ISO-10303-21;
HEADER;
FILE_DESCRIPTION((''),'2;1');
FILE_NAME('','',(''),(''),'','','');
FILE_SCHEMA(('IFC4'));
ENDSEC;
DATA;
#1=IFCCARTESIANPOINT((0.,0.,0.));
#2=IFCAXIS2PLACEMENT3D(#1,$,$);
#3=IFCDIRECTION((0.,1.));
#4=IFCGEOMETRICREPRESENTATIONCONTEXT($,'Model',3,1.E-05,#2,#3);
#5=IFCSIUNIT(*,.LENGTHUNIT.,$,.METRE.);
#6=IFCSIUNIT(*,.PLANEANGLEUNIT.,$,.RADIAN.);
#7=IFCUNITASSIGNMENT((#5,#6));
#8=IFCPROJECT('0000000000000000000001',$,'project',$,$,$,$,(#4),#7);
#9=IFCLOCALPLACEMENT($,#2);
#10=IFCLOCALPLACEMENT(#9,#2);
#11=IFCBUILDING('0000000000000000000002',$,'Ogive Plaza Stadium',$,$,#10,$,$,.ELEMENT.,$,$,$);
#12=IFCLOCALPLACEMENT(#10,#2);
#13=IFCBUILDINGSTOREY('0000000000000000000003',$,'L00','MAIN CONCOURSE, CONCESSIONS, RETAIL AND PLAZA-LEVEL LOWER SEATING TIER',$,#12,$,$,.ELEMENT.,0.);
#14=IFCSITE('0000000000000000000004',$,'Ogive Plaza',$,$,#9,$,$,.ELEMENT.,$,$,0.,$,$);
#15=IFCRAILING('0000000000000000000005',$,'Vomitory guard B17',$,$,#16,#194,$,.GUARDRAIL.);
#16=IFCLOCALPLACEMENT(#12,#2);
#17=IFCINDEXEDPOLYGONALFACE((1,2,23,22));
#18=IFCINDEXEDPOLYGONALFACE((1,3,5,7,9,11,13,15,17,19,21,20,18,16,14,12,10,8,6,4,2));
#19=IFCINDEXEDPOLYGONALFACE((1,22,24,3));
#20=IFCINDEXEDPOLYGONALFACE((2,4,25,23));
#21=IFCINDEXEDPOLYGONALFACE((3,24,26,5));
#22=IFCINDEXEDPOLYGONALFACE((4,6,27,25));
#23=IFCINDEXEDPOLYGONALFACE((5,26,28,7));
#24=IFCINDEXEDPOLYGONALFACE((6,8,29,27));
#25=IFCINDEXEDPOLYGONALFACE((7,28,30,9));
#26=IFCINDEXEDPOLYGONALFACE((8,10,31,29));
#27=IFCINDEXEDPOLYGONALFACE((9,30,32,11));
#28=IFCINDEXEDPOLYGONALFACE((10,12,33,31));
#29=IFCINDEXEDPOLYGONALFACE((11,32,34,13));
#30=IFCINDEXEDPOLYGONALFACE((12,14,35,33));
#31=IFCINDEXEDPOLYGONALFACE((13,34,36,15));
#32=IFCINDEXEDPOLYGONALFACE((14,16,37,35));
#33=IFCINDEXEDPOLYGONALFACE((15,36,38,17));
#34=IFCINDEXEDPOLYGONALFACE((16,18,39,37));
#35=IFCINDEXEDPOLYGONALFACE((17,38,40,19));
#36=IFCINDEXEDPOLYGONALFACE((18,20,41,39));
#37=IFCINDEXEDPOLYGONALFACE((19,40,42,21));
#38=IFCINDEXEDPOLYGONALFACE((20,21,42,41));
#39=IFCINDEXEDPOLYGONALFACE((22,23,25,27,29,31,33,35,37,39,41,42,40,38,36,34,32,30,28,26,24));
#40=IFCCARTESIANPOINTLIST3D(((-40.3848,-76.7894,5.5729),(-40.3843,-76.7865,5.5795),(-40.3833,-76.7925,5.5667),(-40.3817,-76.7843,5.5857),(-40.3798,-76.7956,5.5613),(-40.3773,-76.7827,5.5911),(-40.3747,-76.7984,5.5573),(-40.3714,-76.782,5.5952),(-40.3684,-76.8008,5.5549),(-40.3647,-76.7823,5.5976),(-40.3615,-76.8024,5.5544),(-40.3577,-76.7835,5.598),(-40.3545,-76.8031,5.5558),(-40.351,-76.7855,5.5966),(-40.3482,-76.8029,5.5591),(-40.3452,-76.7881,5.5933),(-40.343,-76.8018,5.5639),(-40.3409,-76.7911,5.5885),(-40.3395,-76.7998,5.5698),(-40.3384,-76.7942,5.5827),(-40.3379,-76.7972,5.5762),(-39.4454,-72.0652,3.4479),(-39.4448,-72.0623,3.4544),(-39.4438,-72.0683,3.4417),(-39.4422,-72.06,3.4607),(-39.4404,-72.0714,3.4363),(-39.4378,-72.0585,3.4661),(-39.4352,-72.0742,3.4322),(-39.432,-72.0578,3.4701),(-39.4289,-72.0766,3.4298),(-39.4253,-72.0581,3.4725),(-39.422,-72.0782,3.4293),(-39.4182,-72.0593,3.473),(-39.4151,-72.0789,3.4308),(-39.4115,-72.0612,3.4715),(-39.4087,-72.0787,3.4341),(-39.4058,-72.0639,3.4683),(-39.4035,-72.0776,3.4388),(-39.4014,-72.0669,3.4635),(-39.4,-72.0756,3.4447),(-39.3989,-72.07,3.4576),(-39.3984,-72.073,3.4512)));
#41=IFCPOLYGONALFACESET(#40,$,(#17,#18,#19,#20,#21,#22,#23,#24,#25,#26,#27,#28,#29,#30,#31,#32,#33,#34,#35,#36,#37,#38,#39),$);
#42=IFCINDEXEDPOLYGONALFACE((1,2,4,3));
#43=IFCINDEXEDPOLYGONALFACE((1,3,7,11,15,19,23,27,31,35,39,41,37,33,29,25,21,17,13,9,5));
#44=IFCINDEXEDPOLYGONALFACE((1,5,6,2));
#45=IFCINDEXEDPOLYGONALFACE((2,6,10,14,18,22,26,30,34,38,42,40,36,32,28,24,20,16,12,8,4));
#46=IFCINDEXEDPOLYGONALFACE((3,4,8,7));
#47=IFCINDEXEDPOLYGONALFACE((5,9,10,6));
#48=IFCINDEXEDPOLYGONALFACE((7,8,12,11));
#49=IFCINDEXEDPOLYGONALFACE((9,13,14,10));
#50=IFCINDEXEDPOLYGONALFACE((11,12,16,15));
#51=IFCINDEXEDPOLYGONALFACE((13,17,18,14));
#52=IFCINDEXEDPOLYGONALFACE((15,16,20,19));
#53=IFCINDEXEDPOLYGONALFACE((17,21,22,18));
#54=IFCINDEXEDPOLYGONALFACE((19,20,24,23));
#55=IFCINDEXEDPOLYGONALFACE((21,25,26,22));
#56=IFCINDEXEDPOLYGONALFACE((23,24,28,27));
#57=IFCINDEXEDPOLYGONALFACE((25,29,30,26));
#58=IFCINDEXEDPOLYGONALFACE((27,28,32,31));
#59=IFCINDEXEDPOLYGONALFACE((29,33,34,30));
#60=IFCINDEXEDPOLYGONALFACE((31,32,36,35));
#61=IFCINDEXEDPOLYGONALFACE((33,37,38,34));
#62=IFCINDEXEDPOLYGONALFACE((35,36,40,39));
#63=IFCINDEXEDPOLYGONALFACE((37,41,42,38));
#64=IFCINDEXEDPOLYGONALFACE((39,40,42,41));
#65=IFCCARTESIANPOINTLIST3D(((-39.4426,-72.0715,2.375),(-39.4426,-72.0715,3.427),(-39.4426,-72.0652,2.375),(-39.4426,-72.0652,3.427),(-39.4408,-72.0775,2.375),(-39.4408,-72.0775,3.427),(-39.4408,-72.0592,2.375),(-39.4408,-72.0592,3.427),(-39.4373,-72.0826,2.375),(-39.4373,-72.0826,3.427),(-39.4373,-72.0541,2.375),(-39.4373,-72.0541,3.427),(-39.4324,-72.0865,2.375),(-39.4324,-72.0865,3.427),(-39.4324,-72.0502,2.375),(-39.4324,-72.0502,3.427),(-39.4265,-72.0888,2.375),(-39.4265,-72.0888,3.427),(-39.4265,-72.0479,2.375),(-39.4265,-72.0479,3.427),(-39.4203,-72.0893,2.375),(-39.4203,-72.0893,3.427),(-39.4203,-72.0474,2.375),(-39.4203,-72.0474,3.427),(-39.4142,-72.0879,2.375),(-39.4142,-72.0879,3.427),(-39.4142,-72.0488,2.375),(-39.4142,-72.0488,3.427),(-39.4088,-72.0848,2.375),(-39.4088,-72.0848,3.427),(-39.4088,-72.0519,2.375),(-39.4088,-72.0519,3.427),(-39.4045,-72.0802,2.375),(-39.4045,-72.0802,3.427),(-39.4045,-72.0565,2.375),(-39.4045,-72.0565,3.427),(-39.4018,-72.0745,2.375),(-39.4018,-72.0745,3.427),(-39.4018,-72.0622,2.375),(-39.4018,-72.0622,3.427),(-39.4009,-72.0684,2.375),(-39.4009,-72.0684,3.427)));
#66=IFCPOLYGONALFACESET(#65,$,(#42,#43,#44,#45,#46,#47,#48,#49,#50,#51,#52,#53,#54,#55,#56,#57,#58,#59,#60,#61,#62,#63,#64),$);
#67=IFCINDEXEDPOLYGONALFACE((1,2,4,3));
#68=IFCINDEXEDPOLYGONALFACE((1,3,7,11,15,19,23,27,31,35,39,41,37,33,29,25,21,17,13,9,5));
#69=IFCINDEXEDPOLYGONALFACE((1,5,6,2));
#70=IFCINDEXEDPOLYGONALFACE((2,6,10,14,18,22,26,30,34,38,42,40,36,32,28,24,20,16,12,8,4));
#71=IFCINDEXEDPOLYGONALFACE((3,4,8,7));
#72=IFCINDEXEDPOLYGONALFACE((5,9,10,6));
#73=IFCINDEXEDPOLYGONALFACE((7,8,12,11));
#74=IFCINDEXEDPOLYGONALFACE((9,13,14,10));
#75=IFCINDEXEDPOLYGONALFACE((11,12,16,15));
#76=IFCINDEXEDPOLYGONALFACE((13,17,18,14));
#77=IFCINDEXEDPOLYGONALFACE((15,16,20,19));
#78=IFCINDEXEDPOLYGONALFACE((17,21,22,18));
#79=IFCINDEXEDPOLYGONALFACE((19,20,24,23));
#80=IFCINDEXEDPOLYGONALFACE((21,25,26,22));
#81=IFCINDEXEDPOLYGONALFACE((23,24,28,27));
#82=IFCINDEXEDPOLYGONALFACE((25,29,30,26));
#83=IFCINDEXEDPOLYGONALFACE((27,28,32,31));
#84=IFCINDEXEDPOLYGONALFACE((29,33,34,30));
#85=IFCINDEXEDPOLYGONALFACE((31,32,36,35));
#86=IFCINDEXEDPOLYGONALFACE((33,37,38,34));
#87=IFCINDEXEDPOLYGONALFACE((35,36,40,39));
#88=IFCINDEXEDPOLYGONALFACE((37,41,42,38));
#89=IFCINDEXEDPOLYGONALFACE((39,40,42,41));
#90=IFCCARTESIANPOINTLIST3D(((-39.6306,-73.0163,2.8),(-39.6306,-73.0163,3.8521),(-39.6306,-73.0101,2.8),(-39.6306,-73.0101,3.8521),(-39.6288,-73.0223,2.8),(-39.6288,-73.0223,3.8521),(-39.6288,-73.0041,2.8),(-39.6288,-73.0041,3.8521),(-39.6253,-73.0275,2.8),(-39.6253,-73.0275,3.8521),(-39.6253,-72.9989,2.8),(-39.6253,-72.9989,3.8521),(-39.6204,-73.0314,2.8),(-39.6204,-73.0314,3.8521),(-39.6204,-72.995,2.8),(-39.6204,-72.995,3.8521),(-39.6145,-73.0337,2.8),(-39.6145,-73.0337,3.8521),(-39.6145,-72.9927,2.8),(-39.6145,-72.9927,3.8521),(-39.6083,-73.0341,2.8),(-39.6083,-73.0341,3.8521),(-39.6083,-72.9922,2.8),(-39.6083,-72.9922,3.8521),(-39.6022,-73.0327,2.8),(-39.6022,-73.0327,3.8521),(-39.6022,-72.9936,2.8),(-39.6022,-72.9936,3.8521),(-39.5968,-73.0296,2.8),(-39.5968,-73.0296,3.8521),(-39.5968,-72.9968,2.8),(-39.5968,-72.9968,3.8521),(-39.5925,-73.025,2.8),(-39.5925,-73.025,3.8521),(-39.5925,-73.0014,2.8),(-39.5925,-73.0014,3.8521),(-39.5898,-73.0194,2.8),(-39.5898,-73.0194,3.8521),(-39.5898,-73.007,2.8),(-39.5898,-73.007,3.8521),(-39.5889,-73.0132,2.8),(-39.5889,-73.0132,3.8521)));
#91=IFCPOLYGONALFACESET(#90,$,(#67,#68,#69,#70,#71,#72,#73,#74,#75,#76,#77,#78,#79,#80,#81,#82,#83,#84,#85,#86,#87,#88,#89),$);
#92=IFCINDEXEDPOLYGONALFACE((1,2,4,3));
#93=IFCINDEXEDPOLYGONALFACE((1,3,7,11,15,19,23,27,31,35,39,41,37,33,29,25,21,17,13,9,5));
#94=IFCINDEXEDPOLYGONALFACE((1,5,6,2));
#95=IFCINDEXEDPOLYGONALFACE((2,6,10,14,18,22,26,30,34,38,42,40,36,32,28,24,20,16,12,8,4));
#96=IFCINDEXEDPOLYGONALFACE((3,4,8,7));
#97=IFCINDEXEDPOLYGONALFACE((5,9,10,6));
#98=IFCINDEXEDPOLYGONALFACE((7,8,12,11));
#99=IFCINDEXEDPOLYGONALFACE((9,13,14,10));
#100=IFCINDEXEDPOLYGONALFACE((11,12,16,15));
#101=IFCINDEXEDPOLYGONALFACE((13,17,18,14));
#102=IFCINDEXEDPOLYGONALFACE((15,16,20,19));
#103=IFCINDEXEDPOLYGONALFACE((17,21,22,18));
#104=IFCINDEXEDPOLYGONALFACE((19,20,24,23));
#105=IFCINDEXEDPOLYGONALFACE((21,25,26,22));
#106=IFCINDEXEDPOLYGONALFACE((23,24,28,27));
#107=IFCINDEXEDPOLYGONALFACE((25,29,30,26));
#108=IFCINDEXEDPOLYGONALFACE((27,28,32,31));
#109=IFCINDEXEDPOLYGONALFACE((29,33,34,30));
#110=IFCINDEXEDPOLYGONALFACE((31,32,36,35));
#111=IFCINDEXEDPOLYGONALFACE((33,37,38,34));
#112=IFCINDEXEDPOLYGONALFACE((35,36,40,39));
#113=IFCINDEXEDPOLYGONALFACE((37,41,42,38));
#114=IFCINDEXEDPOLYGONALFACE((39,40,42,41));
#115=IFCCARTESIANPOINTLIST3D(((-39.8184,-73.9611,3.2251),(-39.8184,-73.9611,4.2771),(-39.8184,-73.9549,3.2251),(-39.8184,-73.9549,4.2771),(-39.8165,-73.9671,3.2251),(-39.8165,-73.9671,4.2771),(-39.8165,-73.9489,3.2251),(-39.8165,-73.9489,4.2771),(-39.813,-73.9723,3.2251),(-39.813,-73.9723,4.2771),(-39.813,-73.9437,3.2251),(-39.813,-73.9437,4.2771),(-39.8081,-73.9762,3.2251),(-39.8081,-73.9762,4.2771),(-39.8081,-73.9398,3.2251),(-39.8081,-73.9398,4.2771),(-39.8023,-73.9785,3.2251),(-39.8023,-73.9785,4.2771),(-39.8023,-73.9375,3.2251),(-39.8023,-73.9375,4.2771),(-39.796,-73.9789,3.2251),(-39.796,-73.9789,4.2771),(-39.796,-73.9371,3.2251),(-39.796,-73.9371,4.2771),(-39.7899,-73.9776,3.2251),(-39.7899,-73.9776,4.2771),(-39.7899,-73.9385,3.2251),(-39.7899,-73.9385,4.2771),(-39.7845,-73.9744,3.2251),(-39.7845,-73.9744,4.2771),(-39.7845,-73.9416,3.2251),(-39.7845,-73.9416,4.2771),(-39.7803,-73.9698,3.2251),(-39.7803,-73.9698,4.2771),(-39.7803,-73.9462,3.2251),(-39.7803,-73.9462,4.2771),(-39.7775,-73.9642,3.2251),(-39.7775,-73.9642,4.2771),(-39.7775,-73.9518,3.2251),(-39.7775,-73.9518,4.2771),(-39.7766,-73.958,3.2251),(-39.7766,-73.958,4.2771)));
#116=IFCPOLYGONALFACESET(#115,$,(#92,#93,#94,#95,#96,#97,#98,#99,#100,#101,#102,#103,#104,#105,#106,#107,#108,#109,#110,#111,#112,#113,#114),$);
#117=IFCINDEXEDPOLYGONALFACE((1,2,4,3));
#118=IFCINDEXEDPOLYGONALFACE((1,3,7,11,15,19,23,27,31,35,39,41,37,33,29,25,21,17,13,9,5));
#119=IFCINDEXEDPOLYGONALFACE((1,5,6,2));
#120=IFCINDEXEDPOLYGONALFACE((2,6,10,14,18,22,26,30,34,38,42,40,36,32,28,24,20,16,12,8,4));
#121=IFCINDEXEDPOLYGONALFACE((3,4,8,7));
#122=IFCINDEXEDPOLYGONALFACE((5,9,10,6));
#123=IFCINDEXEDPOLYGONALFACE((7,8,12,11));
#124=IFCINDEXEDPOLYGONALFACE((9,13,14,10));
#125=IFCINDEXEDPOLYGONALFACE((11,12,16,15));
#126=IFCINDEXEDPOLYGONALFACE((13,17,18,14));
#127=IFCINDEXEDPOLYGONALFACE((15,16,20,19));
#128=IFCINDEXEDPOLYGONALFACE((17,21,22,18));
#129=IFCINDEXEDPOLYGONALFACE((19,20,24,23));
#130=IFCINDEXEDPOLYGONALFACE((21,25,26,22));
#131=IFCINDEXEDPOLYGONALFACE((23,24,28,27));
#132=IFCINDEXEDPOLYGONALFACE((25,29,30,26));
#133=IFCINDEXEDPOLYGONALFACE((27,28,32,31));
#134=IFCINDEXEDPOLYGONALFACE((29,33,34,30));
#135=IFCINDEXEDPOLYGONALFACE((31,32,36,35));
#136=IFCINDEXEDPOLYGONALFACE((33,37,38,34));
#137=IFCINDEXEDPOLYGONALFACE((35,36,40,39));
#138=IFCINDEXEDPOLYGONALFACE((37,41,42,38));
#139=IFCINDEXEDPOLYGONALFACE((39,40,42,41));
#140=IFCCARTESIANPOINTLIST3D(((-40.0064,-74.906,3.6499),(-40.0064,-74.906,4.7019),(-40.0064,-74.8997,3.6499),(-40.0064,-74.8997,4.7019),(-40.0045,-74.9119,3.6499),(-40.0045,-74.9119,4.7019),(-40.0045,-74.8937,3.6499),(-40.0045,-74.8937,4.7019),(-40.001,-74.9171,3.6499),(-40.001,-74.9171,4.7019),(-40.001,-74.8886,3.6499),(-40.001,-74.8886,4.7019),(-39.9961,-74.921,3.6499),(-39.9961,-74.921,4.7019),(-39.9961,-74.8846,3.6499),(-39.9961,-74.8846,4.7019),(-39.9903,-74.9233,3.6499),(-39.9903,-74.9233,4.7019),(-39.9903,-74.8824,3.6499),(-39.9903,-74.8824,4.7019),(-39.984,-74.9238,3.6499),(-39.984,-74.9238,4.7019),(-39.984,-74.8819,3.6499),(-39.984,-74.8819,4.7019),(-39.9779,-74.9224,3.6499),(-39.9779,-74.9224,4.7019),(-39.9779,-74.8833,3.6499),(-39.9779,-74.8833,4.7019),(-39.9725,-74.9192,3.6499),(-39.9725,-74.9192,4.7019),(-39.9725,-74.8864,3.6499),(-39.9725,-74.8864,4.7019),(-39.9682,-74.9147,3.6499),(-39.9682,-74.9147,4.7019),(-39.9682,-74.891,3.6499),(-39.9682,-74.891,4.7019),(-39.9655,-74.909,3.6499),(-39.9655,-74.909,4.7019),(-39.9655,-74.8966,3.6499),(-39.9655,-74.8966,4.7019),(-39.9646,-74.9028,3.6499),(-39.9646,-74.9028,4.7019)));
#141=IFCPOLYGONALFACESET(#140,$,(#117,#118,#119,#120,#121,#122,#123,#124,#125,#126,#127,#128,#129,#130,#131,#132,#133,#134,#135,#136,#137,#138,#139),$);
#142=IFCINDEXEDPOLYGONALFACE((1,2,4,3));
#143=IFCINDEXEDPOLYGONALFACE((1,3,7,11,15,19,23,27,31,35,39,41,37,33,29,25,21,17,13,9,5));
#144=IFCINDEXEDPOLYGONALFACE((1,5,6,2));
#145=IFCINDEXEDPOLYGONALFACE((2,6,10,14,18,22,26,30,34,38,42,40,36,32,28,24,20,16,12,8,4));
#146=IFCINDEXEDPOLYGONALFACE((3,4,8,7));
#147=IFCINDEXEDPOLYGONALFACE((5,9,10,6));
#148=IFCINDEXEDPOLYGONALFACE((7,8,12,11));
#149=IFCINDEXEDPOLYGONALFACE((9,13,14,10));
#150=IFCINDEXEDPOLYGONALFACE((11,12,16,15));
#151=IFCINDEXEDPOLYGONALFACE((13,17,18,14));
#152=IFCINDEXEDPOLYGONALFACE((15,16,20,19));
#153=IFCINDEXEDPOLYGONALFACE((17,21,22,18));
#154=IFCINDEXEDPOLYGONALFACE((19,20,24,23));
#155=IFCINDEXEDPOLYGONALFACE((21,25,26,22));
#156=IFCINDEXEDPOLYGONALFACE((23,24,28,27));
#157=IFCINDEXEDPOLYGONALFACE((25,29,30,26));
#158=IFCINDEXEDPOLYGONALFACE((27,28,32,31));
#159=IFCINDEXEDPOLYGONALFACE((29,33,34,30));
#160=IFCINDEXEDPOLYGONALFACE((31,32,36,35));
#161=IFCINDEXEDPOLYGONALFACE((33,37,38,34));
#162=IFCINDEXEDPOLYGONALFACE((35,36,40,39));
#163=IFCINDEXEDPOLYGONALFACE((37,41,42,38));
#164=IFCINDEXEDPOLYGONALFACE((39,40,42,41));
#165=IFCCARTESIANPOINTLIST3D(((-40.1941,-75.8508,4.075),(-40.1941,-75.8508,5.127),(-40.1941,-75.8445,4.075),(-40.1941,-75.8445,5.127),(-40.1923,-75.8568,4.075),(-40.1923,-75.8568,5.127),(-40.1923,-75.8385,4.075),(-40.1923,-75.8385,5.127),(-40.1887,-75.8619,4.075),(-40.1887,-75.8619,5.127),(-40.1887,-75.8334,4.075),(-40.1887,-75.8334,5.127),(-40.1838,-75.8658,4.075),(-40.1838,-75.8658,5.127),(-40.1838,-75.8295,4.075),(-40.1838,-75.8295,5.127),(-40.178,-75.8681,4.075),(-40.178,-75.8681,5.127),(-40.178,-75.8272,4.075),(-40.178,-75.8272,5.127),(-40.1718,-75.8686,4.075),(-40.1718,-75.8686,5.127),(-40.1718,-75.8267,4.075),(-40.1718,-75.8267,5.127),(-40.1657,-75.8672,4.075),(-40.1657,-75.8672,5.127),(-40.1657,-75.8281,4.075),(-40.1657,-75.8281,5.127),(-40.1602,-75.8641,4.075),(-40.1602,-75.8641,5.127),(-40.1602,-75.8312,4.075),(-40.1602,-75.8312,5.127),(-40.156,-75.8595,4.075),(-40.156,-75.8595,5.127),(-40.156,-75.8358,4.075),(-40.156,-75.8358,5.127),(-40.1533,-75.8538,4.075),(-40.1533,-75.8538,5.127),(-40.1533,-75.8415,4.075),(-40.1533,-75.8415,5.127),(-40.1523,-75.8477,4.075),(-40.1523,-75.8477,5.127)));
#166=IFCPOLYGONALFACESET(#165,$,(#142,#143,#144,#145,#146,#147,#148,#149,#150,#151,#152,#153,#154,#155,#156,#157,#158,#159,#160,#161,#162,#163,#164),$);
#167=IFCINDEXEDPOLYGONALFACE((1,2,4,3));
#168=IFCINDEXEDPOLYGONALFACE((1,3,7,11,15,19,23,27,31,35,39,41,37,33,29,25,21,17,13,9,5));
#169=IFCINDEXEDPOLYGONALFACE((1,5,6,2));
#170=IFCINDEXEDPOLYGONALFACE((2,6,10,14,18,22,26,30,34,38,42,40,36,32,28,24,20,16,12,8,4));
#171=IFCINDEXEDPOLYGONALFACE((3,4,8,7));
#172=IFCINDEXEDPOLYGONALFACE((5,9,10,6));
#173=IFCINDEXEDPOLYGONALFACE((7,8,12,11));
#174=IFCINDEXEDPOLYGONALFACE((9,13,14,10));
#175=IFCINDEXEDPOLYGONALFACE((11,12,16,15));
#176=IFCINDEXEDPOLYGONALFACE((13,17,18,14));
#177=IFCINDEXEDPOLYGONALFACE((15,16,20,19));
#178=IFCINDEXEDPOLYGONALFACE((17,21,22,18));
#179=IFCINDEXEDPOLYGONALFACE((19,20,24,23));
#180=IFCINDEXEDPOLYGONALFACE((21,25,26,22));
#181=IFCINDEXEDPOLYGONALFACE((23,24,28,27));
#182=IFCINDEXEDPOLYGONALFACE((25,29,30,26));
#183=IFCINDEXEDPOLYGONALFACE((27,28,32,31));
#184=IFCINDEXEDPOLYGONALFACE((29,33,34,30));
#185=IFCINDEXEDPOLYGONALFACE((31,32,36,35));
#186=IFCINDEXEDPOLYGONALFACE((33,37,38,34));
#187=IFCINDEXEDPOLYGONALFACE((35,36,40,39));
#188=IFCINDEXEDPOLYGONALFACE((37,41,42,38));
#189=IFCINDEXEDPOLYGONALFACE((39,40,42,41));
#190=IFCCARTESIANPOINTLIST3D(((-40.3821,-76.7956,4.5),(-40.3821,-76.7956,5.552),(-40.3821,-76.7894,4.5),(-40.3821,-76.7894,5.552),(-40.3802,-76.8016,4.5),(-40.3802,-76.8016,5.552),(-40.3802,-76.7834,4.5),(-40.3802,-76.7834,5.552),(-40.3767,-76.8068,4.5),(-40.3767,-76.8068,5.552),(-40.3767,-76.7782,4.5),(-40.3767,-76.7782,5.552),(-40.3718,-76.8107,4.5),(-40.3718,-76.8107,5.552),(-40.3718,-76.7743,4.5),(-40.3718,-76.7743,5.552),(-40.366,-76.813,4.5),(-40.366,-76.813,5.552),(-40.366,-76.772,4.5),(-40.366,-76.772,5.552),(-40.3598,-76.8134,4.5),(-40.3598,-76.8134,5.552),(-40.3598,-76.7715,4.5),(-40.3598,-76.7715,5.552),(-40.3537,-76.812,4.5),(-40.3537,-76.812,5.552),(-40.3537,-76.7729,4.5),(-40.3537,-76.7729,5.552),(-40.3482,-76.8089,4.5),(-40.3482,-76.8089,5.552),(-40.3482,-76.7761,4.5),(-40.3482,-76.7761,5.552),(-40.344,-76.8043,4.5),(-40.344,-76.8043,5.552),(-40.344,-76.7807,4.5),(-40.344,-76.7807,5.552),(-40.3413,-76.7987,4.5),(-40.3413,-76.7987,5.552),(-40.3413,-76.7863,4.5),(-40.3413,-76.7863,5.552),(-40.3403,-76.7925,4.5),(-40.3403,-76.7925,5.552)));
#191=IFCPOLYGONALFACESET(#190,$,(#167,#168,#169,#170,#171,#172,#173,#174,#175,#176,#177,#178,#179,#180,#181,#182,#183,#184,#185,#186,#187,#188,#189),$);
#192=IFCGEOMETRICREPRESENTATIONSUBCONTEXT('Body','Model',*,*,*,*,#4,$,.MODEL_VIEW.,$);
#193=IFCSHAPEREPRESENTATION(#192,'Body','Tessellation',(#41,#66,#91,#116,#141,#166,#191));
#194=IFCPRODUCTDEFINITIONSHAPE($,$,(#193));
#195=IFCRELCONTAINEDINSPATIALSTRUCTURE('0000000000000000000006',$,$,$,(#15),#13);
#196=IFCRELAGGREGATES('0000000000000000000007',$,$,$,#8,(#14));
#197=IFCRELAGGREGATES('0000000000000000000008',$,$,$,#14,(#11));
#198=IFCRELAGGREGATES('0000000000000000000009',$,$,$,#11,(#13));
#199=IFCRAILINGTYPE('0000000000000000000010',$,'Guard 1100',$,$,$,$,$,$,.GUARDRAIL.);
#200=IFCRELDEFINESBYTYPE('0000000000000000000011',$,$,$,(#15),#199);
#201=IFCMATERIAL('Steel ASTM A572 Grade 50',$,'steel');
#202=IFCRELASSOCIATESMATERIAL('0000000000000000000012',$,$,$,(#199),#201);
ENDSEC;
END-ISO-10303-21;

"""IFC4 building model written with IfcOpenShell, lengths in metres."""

from ifc_helpers import new_model, si_unit, direction, frame, origin, origin_2d, place, context, subcontext, project, spatial, circle, extrude, material, type_object, element, save


model = new_model("IFC4")

# Units and contexts
model_context = context("Model", 3, precision=1e-05, world=origin(), true_north=direction((0.0, 1.0)))
body_context = subcontext(model_context, "Body", "Model", "MODEL_VIEW")
ifc_project = project(units=[si_unit("LENGTHUNIT", "METRE"), si_unit("PLANEANGLEUNIT", "RADIAN")], contexts=[model_context])

# Site, building, storey
site_placement = place(None, origin())
site = spatial("IfcSite", under=ifc_project, at=site_placement, Name="Ogive Plaza", CompositionType="ELEMENT", RefElevation=0.0)
building_placement = place(site_placement, origin())
building = spatial("IfcBuilding", under=site, at=building_placement, Name="Ogive Plaza Stadium", CompositionType="ELEMENT")
storey_placement = place(building_placement, origin())
storey = spatial("IfcBuildingStorey", under=building, at=storey_placement, Name="L00", Description="MAIN CONCOURSE, CONCESSIONS, RETAIL AND PLAZA-LEVEL LOWER SEATING TIER", CompositionType="ELEMENT", Elevation=0.0)

# Railing
ifc_material_1 = material(Name="Steel ASTM A572 Grade 50", Category="steel")
railing_type = type_object("IfcRailingType", Name="Guard 1100", PredefinedType="GUARDRAIL", material=ifc_material_1)
railing_1_placement = place(storey_placement, frame((-39.4219, -72.0684, 2.375)))
element("IfcRailing", 1, at=railing_1_placement, inside=storey, type_object=railing_type, Name="Vomitory guard B17", PredefinedType="GUARDRAIL", context=body_context, shape_type="SweptSolid", body=[
    extrude(circle(Radius=0.0239, at=origin_2d()), frame((0.0, 0.0, 1.0762), z_axis=(-0.178449, -0.897345, 0.403643), x_axis=(0.980795, -0.195044, 0.0)), (0.0, 0.0, 1.0), 5.2646),
    extrude(circle(Radius=0.021, at=origin_2d()), origin(), (0.0, 0.0, 1.0), 1.052),
    extrude(circle(Radius=0.021, at=origin_2d()), frame((-0.188, -0.9448, 0.425)), (0.0, 0.0, 1.0), 1.052),
    extrude(circle(Radius=0.021, at=origin_2d()), frame((-0.3757, -1.8896, 0.8501)), (0.0, 0.0, 1.0), 1.052),
    extrude(circle(Radius=0.021, at=origin_2d()), frame((-0.5637, -2.8345, 1.2749)), (0.0, 0.0, 1.0), 1.052),
    extrude(circle(Radius=0.021, at=origin_2d()), frame((-0.7515, -3.7793, 1.7)), (0.0, 0.0, 1.0), 1.052),
    extrude(circle(Radius=0.021, at=origin_2d()), frame((-0.9395, -4.7241, 2.125)), (0.0, 0.0, 1.0), 1.052),
])

save(model, "model.ifc")
